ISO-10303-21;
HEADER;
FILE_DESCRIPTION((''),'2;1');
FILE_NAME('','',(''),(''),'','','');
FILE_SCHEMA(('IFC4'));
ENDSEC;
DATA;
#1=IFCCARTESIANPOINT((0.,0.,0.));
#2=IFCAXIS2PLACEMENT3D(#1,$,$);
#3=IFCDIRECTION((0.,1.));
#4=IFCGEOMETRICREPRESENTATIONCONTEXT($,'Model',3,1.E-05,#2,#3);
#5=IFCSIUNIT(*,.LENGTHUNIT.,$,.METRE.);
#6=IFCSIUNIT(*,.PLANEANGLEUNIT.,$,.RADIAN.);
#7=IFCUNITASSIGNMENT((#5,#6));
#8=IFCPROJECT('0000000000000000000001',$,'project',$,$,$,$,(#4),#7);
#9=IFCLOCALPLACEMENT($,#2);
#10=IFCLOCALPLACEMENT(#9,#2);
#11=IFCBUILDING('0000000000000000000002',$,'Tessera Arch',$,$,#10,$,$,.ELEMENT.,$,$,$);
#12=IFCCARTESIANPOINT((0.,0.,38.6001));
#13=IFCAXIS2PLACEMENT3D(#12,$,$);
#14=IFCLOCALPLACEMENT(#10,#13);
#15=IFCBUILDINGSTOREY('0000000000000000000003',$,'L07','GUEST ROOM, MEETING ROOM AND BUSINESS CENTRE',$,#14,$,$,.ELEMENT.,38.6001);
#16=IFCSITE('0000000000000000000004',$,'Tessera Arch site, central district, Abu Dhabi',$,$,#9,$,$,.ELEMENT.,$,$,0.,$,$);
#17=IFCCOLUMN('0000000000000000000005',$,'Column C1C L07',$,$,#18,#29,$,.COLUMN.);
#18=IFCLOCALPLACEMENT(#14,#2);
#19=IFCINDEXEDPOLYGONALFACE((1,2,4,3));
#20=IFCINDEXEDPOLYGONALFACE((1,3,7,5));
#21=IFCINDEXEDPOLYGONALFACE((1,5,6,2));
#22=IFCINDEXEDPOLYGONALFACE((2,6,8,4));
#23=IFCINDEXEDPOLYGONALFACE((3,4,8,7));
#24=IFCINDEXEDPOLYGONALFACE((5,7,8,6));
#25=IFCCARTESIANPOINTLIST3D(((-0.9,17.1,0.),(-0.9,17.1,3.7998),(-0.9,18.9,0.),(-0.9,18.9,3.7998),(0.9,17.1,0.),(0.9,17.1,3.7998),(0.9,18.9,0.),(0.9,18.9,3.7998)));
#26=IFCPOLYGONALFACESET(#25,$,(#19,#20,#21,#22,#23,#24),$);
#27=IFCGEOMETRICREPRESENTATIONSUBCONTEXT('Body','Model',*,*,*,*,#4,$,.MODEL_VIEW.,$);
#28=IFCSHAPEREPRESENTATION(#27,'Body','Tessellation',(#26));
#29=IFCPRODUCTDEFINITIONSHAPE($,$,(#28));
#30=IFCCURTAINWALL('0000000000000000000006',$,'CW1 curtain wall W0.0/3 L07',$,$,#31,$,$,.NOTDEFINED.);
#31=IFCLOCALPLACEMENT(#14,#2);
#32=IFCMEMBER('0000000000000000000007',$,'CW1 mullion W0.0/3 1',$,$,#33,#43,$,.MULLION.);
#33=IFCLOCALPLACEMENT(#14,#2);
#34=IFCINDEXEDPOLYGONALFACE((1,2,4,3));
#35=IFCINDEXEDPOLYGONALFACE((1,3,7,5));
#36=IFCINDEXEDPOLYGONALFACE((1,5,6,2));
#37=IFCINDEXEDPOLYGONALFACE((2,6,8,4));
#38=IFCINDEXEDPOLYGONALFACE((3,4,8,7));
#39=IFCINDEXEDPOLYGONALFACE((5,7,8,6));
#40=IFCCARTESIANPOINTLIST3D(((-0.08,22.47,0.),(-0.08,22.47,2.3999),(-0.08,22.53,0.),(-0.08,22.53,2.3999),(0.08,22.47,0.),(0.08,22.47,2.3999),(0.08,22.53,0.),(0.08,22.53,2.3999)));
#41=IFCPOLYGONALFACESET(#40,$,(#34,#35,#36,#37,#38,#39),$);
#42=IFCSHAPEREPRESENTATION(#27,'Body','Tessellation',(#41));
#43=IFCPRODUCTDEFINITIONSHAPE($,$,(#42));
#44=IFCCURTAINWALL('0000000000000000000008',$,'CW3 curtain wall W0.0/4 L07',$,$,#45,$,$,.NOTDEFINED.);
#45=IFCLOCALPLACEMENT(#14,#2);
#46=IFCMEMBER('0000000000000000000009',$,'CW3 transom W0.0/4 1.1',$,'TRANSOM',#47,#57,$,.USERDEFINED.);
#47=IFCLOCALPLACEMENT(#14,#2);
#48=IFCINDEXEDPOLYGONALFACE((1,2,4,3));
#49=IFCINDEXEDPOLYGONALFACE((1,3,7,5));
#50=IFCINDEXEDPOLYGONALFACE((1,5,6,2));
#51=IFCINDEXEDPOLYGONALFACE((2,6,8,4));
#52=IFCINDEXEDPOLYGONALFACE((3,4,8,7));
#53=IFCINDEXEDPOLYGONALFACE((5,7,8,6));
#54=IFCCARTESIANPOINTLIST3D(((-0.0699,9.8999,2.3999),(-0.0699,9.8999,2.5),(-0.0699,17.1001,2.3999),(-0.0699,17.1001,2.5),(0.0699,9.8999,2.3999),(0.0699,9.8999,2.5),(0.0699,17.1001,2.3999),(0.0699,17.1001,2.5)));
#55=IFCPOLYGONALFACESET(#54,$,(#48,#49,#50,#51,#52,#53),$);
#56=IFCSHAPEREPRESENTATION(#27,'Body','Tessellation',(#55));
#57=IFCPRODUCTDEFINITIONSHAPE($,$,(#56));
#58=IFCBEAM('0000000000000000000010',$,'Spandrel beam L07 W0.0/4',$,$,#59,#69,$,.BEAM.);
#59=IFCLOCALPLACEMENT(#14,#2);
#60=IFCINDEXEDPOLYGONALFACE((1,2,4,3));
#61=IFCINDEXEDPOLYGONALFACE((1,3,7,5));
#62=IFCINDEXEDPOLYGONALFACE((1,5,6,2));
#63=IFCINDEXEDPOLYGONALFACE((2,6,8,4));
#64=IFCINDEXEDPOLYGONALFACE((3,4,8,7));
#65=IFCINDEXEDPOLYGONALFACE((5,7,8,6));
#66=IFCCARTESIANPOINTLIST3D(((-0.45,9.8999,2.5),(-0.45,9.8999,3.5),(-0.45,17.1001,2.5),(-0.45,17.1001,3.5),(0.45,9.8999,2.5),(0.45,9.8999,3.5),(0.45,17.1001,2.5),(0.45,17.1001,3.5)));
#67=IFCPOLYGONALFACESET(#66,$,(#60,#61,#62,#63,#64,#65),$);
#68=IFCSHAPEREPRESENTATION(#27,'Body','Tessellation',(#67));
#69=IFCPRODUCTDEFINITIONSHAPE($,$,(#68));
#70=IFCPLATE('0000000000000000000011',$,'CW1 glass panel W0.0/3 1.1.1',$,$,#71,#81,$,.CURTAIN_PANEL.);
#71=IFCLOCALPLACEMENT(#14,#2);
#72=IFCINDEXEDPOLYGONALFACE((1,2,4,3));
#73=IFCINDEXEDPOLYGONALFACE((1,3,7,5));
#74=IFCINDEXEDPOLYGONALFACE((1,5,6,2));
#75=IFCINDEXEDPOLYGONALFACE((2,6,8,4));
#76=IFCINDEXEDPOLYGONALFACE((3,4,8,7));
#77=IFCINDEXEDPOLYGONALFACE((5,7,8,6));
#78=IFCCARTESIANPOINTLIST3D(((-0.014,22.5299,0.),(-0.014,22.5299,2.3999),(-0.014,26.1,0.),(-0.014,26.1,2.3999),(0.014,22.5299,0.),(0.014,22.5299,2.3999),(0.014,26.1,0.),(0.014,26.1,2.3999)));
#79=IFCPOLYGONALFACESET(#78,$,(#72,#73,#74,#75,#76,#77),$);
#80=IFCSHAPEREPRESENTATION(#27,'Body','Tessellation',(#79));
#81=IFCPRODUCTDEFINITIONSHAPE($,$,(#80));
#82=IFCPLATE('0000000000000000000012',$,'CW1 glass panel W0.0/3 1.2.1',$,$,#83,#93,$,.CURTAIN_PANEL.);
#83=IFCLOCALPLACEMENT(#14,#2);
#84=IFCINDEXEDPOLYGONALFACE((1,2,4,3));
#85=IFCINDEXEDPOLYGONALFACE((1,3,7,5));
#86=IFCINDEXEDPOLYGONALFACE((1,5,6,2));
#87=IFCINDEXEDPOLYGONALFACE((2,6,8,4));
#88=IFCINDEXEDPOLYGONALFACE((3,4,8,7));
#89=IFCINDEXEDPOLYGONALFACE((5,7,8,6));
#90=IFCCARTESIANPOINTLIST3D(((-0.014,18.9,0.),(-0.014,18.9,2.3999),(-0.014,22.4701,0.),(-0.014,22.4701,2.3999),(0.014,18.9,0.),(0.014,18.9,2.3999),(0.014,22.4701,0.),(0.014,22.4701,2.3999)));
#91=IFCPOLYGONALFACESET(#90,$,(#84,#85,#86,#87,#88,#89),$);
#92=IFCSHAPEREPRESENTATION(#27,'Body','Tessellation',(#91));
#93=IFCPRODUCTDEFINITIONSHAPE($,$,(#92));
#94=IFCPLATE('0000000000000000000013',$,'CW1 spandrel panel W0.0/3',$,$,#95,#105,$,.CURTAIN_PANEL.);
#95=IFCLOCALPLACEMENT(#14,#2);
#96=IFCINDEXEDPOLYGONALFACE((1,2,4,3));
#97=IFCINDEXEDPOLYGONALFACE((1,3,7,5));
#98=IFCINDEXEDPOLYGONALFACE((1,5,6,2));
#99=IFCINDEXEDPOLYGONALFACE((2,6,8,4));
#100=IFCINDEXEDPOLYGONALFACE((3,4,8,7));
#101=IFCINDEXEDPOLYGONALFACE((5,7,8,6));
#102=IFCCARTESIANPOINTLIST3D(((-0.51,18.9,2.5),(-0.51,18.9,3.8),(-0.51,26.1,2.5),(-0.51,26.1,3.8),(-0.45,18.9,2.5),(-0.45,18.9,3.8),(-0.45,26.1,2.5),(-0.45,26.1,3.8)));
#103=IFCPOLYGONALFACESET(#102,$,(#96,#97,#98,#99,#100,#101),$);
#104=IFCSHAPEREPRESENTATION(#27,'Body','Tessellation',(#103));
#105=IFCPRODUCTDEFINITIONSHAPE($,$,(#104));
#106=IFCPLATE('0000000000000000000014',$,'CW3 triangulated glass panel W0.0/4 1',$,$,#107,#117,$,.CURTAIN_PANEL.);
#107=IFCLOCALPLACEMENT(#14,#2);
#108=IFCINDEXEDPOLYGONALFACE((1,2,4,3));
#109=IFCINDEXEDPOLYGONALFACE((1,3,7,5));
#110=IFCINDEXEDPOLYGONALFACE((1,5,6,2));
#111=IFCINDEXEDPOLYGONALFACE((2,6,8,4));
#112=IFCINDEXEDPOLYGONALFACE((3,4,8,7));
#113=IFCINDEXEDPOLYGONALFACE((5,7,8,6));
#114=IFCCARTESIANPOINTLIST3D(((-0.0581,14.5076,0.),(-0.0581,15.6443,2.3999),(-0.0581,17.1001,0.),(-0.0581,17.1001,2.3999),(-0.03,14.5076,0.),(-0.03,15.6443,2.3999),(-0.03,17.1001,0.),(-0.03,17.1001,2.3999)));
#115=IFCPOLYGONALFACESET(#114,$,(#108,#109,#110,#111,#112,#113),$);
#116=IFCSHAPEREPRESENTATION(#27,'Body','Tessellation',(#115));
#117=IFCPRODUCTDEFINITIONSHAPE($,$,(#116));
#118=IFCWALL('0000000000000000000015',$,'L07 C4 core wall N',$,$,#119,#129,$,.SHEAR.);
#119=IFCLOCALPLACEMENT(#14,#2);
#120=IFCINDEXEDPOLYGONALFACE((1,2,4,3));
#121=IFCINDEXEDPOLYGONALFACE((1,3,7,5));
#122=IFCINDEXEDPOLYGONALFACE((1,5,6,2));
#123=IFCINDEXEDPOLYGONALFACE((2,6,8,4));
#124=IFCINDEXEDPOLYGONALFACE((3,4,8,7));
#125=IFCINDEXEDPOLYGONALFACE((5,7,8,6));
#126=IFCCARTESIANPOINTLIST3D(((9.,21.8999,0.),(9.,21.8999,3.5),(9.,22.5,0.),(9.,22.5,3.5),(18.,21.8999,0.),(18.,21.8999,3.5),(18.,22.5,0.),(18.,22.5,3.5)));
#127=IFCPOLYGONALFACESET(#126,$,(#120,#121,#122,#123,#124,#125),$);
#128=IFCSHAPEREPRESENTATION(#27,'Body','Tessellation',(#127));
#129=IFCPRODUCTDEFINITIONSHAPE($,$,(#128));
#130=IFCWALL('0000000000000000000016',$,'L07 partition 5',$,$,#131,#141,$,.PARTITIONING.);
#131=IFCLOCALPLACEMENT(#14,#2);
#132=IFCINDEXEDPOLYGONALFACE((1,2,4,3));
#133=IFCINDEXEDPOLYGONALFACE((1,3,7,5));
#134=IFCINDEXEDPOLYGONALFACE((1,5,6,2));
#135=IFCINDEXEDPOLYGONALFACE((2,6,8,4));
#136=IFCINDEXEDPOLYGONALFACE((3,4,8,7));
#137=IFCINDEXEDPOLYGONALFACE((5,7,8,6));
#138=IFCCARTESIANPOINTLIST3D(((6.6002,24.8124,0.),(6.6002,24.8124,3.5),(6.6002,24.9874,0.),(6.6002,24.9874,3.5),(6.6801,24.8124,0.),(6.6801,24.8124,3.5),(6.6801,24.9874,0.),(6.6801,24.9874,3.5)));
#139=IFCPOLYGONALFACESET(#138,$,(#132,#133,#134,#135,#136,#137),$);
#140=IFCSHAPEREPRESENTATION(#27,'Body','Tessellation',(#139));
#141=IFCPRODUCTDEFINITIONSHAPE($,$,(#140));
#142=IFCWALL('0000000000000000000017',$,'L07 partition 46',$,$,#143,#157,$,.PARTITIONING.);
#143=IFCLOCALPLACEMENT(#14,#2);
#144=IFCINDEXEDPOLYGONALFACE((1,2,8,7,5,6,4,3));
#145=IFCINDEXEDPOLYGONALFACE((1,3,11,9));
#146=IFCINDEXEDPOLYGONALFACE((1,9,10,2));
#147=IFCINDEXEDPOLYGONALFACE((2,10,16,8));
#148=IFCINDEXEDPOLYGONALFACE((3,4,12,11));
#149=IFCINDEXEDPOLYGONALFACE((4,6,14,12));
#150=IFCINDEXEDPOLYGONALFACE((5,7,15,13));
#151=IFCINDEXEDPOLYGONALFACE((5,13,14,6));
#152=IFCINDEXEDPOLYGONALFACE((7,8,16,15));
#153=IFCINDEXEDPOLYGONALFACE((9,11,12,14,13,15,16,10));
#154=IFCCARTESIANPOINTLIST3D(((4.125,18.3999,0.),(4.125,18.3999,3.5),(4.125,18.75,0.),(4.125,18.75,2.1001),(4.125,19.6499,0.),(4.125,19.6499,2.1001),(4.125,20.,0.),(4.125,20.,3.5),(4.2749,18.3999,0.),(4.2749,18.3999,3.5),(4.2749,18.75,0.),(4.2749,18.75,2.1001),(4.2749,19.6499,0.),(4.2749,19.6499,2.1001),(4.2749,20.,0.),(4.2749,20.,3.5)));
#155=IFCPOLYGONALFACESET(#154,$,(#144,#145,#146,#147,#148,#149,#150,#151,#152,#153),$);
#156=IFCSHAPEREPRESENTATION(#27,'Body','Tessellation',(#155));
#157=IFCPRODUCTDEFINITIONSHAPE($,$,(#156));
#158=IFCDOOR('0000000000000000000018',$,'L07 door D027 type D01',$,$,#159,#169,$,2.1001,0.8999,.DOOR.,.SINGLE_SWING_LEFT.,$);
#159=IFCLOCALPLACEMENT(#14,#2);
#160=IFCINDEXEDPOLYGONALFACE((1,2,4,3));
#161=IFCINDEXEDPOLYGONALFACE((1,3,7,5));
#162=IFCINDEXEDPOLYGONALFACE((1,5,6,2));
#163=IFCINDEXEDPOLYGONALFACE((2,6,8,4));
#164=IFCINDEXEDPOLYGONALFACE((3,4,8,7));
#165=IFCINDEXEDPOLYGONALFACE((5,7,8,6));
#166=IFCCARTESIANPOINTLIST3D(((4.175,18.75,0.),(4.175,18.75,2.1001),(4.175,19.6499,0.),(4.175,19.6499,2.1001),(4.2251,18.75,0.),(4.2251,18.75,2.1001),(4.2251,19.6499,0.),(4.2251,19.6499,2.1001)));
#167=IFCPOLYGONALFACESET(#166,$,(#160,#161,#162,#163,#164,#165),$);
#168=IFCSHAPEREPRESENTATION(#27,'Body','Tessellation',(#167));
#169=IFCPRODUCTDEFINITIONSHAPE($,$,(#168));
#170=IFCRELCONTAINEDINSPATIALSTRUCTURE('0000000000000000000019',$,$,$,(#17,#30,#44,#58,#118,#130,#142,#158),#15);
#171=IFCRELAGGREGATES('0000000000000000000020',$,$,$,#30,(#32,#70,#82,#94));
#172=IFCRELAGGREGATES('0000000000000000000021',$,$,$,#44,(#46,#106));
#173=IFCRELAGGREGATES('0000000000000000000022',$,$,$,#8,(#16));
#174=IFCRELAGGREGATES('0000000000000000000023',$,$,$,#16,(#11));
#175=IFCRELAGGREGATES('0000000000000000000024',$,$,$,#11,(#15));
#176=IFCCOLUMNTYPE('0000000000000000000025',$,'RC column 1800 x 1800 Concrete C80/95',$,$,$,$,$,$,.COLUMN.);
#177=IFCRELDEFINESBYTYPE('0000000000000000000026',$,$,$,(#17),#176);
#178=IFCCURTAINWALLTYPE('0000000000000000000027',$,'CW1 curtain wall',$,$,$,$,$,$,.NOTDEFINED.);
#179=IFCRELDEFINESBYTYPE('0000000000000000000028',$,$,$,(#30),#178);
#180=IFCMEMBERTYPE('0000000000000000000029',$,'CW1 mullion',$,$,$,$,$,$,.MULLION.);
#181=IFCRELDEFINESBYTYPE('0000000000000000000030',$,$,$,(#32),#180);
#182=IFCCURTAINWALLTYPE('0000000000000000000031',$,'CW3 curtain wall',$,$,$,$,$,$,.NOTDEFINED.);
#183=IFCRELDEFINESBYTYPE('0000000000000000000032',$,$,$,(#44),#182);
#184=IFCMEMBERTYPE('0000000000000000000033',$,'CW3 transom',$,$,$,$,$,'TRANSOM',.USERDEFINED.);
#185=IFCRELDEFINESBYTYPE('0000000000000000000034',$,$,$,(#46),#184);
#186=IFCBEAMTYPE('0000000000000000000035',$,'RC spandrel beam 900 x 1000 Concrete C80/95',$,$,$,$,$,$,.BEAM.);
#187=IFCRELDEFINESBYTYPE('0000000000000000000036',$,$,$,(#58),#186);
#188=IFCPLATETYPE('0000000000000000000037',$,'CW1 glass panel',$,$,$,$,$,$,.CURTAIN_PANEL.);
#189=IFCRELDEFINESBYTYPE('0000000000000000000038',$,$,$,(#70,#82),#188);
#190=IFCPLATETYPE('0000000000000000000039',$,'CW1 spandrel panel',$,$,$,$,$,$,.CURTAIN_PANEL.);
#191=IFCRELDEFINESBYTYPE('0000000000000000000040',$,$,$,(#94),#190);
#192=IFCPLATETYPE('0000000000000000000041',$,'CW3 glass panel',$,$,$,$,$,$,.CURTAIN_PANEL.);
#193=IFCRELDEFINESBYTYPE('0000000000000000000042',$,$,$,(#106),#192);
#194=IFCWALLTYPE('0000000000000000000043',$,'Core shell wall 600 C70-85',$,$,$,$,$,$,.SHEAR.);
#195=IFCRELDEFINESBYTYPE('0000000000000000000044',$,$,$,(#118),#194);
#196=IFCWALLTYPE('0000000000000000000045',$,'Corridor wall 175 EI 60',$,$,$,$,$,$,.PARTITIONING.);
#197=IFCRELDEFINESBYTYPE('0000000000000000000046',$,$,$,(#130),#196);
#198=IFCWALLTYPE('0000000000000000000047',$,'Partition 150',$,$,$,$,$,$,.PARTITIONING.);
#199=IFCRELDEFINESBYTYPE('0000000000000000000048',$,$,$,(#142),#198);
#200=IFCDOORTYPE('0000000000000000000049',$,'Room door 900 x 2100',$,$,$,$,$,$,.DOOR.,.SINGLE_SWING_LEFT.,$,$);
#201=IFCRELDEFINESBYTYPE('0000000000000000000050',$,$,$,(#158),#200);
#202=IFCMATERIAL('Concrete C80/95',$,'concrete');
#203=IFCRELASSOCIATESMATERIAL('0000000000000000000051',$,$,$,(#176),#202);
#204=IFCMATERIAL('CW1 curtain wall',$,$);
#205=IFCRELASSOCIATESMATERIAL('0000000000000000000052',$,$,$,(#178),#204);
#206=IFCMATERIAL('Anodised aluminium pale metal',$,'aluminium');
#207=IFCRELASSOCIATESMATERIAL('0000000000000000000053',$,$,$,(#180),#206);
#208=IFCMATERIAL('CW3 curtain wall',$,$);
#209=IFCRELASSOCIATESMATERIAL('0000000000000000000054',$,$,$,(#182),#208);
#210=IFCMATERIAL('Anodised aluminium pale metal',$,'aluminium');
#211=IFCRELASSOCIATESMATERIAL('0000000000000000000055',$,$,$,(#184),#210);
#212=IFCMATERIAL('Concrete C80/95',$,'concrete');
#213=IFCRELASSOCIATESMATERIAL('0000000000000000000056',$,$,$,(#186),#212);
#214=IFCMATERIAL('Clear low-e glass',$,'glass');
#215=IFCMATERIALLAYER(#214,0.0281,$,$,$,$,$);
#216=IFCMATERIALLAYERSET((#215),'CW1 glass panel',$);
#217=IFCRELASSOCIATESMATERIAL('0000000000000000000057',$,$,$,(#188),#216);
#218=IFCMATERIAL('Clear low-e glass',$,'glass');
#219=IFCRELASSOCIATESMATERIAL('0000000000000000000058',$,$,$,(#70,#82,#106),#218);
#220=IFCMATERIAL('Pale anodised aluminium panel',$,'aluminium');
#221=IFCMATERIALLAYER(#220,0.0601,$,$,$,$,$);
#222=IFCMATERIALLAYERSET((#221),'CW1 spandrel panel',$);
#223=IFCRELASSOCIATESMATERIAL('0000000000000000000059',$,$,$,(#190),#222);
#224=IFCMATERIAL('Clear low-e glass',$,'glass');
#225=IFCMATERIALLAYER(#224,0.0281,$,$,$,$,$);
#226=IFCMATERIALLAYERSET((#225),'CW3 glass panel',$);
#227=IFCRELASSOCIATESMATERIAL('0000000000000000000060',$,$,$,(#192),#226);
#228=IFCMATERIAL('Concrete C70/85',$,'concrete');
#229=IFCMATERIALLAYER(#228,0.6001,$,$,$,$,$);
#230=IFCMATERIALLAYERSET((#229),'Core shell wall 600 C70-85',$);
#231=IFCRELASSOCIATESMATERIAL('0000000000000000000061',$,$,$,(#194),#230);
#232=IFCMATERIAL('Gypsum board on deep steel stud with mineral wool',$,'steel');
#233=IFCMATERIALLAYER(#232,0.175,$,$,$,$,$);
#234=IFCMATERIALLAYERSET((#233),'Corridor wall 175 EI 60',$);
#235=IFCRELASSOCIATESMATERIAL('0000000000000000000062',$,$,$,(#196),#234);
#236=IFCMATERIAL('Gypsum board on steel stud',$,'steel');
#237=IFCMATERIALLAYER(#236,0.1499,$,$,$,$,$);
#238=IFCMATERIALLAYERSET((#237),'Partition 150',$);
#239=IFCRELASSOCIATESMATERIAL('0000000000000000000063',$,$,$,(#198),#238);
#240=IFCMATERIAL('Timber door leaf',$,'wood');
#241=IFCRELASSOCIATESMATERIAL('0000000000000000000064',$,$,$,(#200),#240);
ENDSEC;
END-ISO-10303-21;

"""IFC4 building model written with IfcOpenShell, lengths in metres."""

from ifc_helpers import new_model, si_unit, direction, frame, frame_2d, origin, origin_2d, place, context, subcontext, project, spatial, polyline, rectangle, outline, extrude, material, layer, layer_set, material_profile, profile_set, type_object, element, fill, aggregate, save


model = new_model("IFC4")

# Units and contexts
model_context = context("Model", 3, precision=1e-05, world=origin(), true_north=direction((0.0, 1.0)))
body_context = subcontext(model_context, "Body", "Model", "MODEL_VIEW")
ifc_project = project(units=[si_unit("LENGTHUNIT", "METRE"), si_unit("PLANEANGLEUNIT", "RADIAN")], contexts=[model_context])

# Site, building, storey
site_placement = place(None, origin())
site = spatial("IfcSite", under=ifc_project, at=site_placement, Name="Tessera Arch site, central district, Abu Dhabi", CompositionType="ELEMENT", RefElevation=0.0)
building_placement = place(site_placement, origin())
building = spatial("IfcBuilding", under=site, at=building_placement, Name="Tessera Arch", CompositionType="ELEMENT")
storey_placement = place(building_placement, frame((0.0, 0.0, 38.6001)))
storey = spatial("IfcBuildingStorey", under=building, at=storey_placement, Name="L07", Description="GUEST ROOM, MEETING ROOM AND BUSINESS CENTRE", CompositionType="ELEMENT", Elevation=38.6001)

# Column
ifc_material_1 = material(Name="Concrete C80/95", Category="concrete")
ifc_material_profile_1 = material_profile(ifc_material_1, rectangle(XDim=1.8, YDim=1.8, at=origin_2d()), Name="RC column 1800 x 1800 Concrete C80/95")
ifc_profile_set_1 = profile_set([ifc_material_profile_1], Name="Concrete C80/95")
column_type = type_object("IfcColumnType", Name="RC column 1800 x 1800 Concrete C80/95", PredefinedType="COLUMN", material=ifc_profile_set_1)
column_placement = place(storey_placement, frame((0.0, 18.0, 0.0), z_axis=(0.0, 0.0, 1.0), x_axis=(1.0, 0.0, 0.0)))
element("IfcColumn", 1, at=column_placement, inside=storey, type_object=column_type, Name="Column C1C L07", PredefinedType="COLUMN", context=body_context, shape_type="SweptSolid", body=[
    extrude(rectangle(XDim=1.8, YDim=1.8, at=origin_2d()), origin(), (0.0, 0.0, 1.0), 3.7998),
])

# Curtain walls, members
ifc_material_2 = material(Name="CW1 curtain wall")
curtain_wall_type_1 = type_object("IfcCurtainWallType", Name="CW1 curtain wall", PredefinedType="NOTDEFINED", material=ifc_material_2)
curtain_wall_1_placement = place(storey_placement, origin())
curtain_wall_1 = element("IfcCurtainWall", 2, at=curtain_wall_1_placement, inside=storey, type_object=curtain_wall_type_1, Name="CW1 curtain wall W0.0/3 L07", PredefinedType="NOTDEFINED")
ifc_material_3 = material(Name="Anodised aluminium pale metal", Category="aluminium")
ifc_material_profile_2 = material_profile(ifc_material_3, rectangle(XDim=0.1599, YDim=0.0601, at=origin_2d()), Name="AL 60x160")
ifc_profile_set_2 = profile_set([ifc_material_profile_2], Name="Anodised aluminium pale metal")
member_type_1 = type_object("IfcMemberType", Name="CW1 mullion", PredefinedType="MULLION", material=ifc_profile_set_2)
member_1_placement = place(storey_placement, frame((0.0, 22.5, 0.0), z_axis=(0.0, 0.0, 1.0), x_axis=(1.0, 0.0, 0.0)))
member_1 = element("IfcMember", 3, at=member_1_placement, type_object=member_type_1, Name="CW1 mullion W0.0/3 1", PredefinedType="MULLION", context=body_context, shape_type="SweptSolid", body=[
    extrude(rectangle(XDim=0.1599, YDim=0.0601, at=origin_2d()), origin(), (0.0, 0.0, 1.0), 2.3999),
])
ifc_material_4 = material(Name="CW3 curtain wall")
curtain_wall_type_2 = type_object("IfcCurtainWallType", Name="CW3 curtain wall", PredefinedType="NOTDEFINED", material=ifc_material_4)
curtain_wall_2_placement = place(storey_placement, origin())
curtain_wall_2 = element("IfcCurtainWall", 4, at=curtain_wall_2_placement, inside=storey, type_object=curtain_wall_type_2, Name="CW3 curtain wall W0.0/4 L07", PredefinedType="NOTDEFINED")
ifc_material_5 = material(Name="Anodised aluminium pale metal", Category="aluminium")
ifc_material_profile_3 = material_profile(ifc_material_5, rectangle(XDim=0.1399, YDim=0.1001, at=origin_2d()), Name="AL 140x100")
ifc_profile_set_3 = profile_set([ifc_material_profile_3], Name="Anodised aluminium pale metal")
member_type_2 = type_object("IfcMemberType", Name="CW3 transom", ElementType="TRANSOM", PredefinedType="USERDEFINED", material=ifc_profile_set_3)
member_2_placement = place(storey_placement, frame((0.0, 17.1001, 2.45), z_axis=(0.0, -1.0, 0.0), x_axis=(1.0, 0.0, 0.0)))
member_2 = element("IfcMember", 5, at=member_2_placement, type_object=member_type_2, Name="CW3 transom W0.0/4 1.1", ObjectType="TRANSOM", PredefinedType="USERDEFINED", context=body_context, shape_type="SweptSolid", body=[
    extrude(rectangle(XDim=0.1399, YDim=0.1001, at=origin_2d()), origin(), (0.0, 0.0, 1.0), 7.2002),
])

# Beam
ifc_material_6 = material(Name="Concrete C80/95", Category="concrete")
ifc_material_profile_4 = material_profile(ifc_material_6, rectangle(XDim=0.8999, YDim=1.0, at=origin_2d()), Name="RC spandrel beam 900 x 1000 Concrete C80/95")
ifc_profile_set_4 = profile_set([ifc_material_profile_4], Name="Concrete C80/95")
beam_type = type_object("IfcBeamType", Name="RC spandrel beam 900 x 1000 Concrete C80/95", PredefinedType="BEAM", material=ifc_profile_set_4)
beam_placement = place(storey_placement, frame((0.0, 17.1001, 3.0), z_axis=(0.0, -1.0, 0.0), x_axis=(1.0, 0.0, 0.0)))
element("IfcBeam", 6, at=beam_placement, inside=storey, type_object=beam_type, Name="Spandrel beam L07 W0.0/4", PredefinedType="BEAM", context=body_context, shape_type="SweptSolid", body=[
    extrude(rectangle(XDim=0.8999, YDim=1.0, at=origin_2d()), origin(), (0.0, 0.0, 1.0), 7.2002),
])

# Plates
ifc_material_7 = material(Name="Clear low-e glass", Category="glass")
ifc_material_8 = material(Name="Clear low-e glass", Category="glass")
ifc_layer_1 = layer(ifc_material_8, 0.0281)
ifc_layer_set_1 = layer_set([ifc_layer_1], Name="CW1 glass panel")
plate_type_1 = type_object("IfcPlateType", Name="CW1 glass panel", PredefinedType="CURTAIN_PANEL", material=ifc_layer_set_1)
plate_1_placement = place(storey_placement, frame((0.0, 24.3149, 0.0), z_axis=(0.0, 0.0, 1.0), x_axis=(0.0, -1.0, 0.0)))
plate_1 = element("IfcPlate", 7, at=plate_1_placement, type_object=plate_type_1, material=ifc_material_7, Name="CW1 glass panel W0.0/3 1.1.1", PredefinedType="CURTAIN_PANEL", context=body_context, shape_type="SweptSolid", body=[
    extrude(rectangle(XDim=3.5701, YDim=0.0281, at=origin_2d()), origin(), (0.0, 0.0, 1.0), 2.3999),
])
plate_2_placement = place(storey_placement, frame((0.0, 20.6851, 0.0), z_axis=(0.0, 0.0, 1.0), x_axis=(0.0, -1.0, 0.0)))
plate_2 = element("IfcPlate", 8, at=plate_2_placement, type_object=plate_type_1, material=ifc_material_7, Name="CW1 glass panel W0.0/3 1.2.1", PredefinedType="CURTAIN_PANEL", context=body_context, shape_type="SweptSolid", body=[
    extrude(rectangle(XDim=3.5701, YDim=0.0281, at=origin_2d()), origin(), (0.0, 0.0, 1.0), 2.3999),
])
ifc_material_9 = material(Name="Pale anodised aluminium panel", Category="aluminium")
ifc_layer_2 = layer(ifc_material_9, 0.0601)
ifc_layer_set_2 = layer_set([ifc_layer_2], Name="CW1 spandrel panel")
plate_type_2 = type_object("IfcPlateType", Name="CW1 spandrel panel", PredefinedType="CURTAIN_PANEL", material=ifc_layer_set_2)
plate_3_placement = place(storey_placement, frame((-0.48, 22.5, 2.5), z_axis=(0.0, 0.0, 1.0), x_axis=(0.0, -1.0, 0.0)))
plate_3 = element("IfcPlate", 9, at=plate_3_placement, type_object=plate_type_2, Name="CW1 spandrel panel W0.0/3", PredefinedType="CURTAIN_PANEL", context=body_context, shape_type="SweptSolid", body=[
    extrude(rectangle(XDim=7.2, YDim=0.0601, at=origin_2d()), origin(), (0.0, 0.0, 1.0), 1.3),
])
aggregate(curtain_wall_1, [member_1, plate_1, plate_2, plate_3])
ifc_material_10 = material(Name="Clear low-e glass", Category="glass")
ifc_layer_3 = layer(ifc_material_10, 0.0281)
ifc_layer_set_3 = layer_set([ifc_layer_3], Name="CW3 glass panel")
plate_type_3 = type_object("IfcPlateType", Name="CW3 glass panel", PredefinedType="CURTAIN_PANEL", material=ifc_layer_set_3)
plate_4_placement = place(storey_placement, frame((-0.0581, 17.1001, 0.0), z_axis=(-1.0, 0.0, 0.0), x_axis=(0.0, -1.0, 0.0)))
plate_4 = element("IfcPlate", 10, at=plate_4_placement, type_object=plate_type_3, material=ifc_material_7, Name="CW3 triangulated glass panel W0.0/4 1", PredefinedType="CURTAIN_PANEL", context=body_context, shape_type="SweptSolid", body=[
    extrude(outline(polyline([(0.0, 0.0), (2.5925, 0.0), (1.4558, 2.3999), (0.0, 2.3999), (0.0, 0.0)])), origin(), (0.0, 0.0, -1.0), 0.0281),
])
aggregate(curtain_wall_2, [member_2, plate_4])

# Walls
ifc_material_11 = material(Name="Concrete C70/85", Category="concrete")
ifc_layer_4 = layer(ifc_material_11, 0.6001)
ifc_layer_set_4 = layer_set([ifc_layer_4], Name="Core shell wall 600 C70-85")
wall_type_1 = type_object("IfcWallType", Name="Core shell wall 600 C70-85", PredefinedType="SHEAR", material=ifc_layer_set_4)
wall_1_placement = place(storey_placement, frame((9.0, 22.2, 0.0), z_axis=(0.0, 0.0, 1.0), x_axis=(1.0, 0.0, 0.0)))
element("IfcWall", 11, at=wall_1_placement, inside=storey, type_object=wall_type_1, Name="L07 C4 core wall N", PredefinedType="SHEAR", context=body_context, shape_type="SweptSolid", body=[
    extrude(rectangle(XDim=9.0, YDim=0.6001, at=frame_2d((4.5, 0.0))), origin(), (0.0, 0.0, 1.0), 3.5),
])
ifc_material_12 = material(Name="Gypsum board on deep steel stud with mineral wool", Category="steel")
ifc_layer_5 = layer(ifc_material_12, 0.175)
ifc_layer_set_5 = layer_set([ifc_layer_5], Name="Corridor wall 175 EI 60")
wall_type_2 = type_object("IfcWallType", Name="Corridor wall 175 EI 60", PredefinedType="PARTITIONING", material=ifc_layer_set_5)
wall_2_placement = place(storey_placement, frame((6.6001, 24.8999, 0.0), z_axis=(0.0, 0.0, 1.0), x_axis=(1.0, 0.0, 0.0)))
element("IfcWall", 12, at=wall_2_placement, inside=storey, type_object=wall_type_2, Name="L07 partition 5", PredefinedType="PARTITIONING", context=body_context, shape_type="SweptSolid", body=[
    extrude(rectangle(XDim=0.0798, YDim=0.175, at=frame_2d((0.04, 0.0))), origin(), (0.0, 0.0, 1.0), 3.5),
])

# Wall, opening, door
ifc_material_13 = material(Name="Gypsum board on steel stud", Category="steel")
ifc_layer_6 = layer(ifc_material_13, 0.1499)
ifc_layer_set_6 = layer_set([ifc_layer_6], Name="Partition 150")
wall_type_3 = type_object("IfcWallType", Name="Partition 150", PredefinedType="PARTITIONING", material=ifc_layer_set_6)
wall_3_placement = place(storey_placement, frame((4.2, 18.3999, 0.0), z_axis=(0.0, 0.0, 1.0), x_axis=(0.0, 1.0, 0.0)))
wall_3 = element("IfcWall", 13, at=wall_3_placement, inside=storey, type_object=wall_type_3, Name="L07 partition 46", PredefinedType="PARTITIONING", context=body_context, shape_type="SweptSolid", body=[
    extrude(rectangle(XDim=1.6001, YDim=0.1499, at=frame_2d((0.8, 0.0))), origin(), (0.0, 0.0, 1.0), 3.5),
])
opening_1_placement = place(wall_3_placement, frame((0.3501, 0.0, 0.0)))
opening_1 = element("IfcOpeningElement", 14, at=opening_1_placement, cuts=wall_3, PredefinedType="OPENING", context=body_context, shape_type="SweptSolid", body=[
    extrude(rectangle(XDim=0.8999, YDim=2.1001, at=frame_2d((0.45, 1.05))), frame((0.0, 0.085, 0.0), z_axis=(0.0, -1.0, 0.0), x_axis=(1.0, 0.0, 0.0)), (0.0, 0.0, 1.0), 0.1699),
])
ifc_material_14 = material(Name="Timber door leaf", Category="wood")
door_type_1 = type_object("IfcDoorType", Name="Room door 900 x 2100", OperationType="SINGLE_SWING_LEFT", PredefinedType="DOOR", material=ifc_material_14)
door_1_placement = place(opening_1_placement, origin())
door_1 = element("IfcDoor", 15, at=door_1_placement, inside=storey, type_object=door_type_1, Name="L07 door D027 type D01", OperationType="SINGLE_SWING_LEFT", OverallHeight=2.1001, OverallWidth=0.8999, PredefinedType="DOOR", context=body_context, shape_type="SweptSolid", body=[
    extrude(rectangle(XDim=0.8999, YDim=2.1001, at=frame_2d((0.45, 1.05))), frame((0.0, 0.0249, 0.0), z_axis=(0.0, -1.0, 0.0), x_axis=(1.0, 0.0, 0.0)), (0.0, 0.0, 1.0), 0.05),
])
fill(opening_1, door_1)

save(model, "model.ifc")
